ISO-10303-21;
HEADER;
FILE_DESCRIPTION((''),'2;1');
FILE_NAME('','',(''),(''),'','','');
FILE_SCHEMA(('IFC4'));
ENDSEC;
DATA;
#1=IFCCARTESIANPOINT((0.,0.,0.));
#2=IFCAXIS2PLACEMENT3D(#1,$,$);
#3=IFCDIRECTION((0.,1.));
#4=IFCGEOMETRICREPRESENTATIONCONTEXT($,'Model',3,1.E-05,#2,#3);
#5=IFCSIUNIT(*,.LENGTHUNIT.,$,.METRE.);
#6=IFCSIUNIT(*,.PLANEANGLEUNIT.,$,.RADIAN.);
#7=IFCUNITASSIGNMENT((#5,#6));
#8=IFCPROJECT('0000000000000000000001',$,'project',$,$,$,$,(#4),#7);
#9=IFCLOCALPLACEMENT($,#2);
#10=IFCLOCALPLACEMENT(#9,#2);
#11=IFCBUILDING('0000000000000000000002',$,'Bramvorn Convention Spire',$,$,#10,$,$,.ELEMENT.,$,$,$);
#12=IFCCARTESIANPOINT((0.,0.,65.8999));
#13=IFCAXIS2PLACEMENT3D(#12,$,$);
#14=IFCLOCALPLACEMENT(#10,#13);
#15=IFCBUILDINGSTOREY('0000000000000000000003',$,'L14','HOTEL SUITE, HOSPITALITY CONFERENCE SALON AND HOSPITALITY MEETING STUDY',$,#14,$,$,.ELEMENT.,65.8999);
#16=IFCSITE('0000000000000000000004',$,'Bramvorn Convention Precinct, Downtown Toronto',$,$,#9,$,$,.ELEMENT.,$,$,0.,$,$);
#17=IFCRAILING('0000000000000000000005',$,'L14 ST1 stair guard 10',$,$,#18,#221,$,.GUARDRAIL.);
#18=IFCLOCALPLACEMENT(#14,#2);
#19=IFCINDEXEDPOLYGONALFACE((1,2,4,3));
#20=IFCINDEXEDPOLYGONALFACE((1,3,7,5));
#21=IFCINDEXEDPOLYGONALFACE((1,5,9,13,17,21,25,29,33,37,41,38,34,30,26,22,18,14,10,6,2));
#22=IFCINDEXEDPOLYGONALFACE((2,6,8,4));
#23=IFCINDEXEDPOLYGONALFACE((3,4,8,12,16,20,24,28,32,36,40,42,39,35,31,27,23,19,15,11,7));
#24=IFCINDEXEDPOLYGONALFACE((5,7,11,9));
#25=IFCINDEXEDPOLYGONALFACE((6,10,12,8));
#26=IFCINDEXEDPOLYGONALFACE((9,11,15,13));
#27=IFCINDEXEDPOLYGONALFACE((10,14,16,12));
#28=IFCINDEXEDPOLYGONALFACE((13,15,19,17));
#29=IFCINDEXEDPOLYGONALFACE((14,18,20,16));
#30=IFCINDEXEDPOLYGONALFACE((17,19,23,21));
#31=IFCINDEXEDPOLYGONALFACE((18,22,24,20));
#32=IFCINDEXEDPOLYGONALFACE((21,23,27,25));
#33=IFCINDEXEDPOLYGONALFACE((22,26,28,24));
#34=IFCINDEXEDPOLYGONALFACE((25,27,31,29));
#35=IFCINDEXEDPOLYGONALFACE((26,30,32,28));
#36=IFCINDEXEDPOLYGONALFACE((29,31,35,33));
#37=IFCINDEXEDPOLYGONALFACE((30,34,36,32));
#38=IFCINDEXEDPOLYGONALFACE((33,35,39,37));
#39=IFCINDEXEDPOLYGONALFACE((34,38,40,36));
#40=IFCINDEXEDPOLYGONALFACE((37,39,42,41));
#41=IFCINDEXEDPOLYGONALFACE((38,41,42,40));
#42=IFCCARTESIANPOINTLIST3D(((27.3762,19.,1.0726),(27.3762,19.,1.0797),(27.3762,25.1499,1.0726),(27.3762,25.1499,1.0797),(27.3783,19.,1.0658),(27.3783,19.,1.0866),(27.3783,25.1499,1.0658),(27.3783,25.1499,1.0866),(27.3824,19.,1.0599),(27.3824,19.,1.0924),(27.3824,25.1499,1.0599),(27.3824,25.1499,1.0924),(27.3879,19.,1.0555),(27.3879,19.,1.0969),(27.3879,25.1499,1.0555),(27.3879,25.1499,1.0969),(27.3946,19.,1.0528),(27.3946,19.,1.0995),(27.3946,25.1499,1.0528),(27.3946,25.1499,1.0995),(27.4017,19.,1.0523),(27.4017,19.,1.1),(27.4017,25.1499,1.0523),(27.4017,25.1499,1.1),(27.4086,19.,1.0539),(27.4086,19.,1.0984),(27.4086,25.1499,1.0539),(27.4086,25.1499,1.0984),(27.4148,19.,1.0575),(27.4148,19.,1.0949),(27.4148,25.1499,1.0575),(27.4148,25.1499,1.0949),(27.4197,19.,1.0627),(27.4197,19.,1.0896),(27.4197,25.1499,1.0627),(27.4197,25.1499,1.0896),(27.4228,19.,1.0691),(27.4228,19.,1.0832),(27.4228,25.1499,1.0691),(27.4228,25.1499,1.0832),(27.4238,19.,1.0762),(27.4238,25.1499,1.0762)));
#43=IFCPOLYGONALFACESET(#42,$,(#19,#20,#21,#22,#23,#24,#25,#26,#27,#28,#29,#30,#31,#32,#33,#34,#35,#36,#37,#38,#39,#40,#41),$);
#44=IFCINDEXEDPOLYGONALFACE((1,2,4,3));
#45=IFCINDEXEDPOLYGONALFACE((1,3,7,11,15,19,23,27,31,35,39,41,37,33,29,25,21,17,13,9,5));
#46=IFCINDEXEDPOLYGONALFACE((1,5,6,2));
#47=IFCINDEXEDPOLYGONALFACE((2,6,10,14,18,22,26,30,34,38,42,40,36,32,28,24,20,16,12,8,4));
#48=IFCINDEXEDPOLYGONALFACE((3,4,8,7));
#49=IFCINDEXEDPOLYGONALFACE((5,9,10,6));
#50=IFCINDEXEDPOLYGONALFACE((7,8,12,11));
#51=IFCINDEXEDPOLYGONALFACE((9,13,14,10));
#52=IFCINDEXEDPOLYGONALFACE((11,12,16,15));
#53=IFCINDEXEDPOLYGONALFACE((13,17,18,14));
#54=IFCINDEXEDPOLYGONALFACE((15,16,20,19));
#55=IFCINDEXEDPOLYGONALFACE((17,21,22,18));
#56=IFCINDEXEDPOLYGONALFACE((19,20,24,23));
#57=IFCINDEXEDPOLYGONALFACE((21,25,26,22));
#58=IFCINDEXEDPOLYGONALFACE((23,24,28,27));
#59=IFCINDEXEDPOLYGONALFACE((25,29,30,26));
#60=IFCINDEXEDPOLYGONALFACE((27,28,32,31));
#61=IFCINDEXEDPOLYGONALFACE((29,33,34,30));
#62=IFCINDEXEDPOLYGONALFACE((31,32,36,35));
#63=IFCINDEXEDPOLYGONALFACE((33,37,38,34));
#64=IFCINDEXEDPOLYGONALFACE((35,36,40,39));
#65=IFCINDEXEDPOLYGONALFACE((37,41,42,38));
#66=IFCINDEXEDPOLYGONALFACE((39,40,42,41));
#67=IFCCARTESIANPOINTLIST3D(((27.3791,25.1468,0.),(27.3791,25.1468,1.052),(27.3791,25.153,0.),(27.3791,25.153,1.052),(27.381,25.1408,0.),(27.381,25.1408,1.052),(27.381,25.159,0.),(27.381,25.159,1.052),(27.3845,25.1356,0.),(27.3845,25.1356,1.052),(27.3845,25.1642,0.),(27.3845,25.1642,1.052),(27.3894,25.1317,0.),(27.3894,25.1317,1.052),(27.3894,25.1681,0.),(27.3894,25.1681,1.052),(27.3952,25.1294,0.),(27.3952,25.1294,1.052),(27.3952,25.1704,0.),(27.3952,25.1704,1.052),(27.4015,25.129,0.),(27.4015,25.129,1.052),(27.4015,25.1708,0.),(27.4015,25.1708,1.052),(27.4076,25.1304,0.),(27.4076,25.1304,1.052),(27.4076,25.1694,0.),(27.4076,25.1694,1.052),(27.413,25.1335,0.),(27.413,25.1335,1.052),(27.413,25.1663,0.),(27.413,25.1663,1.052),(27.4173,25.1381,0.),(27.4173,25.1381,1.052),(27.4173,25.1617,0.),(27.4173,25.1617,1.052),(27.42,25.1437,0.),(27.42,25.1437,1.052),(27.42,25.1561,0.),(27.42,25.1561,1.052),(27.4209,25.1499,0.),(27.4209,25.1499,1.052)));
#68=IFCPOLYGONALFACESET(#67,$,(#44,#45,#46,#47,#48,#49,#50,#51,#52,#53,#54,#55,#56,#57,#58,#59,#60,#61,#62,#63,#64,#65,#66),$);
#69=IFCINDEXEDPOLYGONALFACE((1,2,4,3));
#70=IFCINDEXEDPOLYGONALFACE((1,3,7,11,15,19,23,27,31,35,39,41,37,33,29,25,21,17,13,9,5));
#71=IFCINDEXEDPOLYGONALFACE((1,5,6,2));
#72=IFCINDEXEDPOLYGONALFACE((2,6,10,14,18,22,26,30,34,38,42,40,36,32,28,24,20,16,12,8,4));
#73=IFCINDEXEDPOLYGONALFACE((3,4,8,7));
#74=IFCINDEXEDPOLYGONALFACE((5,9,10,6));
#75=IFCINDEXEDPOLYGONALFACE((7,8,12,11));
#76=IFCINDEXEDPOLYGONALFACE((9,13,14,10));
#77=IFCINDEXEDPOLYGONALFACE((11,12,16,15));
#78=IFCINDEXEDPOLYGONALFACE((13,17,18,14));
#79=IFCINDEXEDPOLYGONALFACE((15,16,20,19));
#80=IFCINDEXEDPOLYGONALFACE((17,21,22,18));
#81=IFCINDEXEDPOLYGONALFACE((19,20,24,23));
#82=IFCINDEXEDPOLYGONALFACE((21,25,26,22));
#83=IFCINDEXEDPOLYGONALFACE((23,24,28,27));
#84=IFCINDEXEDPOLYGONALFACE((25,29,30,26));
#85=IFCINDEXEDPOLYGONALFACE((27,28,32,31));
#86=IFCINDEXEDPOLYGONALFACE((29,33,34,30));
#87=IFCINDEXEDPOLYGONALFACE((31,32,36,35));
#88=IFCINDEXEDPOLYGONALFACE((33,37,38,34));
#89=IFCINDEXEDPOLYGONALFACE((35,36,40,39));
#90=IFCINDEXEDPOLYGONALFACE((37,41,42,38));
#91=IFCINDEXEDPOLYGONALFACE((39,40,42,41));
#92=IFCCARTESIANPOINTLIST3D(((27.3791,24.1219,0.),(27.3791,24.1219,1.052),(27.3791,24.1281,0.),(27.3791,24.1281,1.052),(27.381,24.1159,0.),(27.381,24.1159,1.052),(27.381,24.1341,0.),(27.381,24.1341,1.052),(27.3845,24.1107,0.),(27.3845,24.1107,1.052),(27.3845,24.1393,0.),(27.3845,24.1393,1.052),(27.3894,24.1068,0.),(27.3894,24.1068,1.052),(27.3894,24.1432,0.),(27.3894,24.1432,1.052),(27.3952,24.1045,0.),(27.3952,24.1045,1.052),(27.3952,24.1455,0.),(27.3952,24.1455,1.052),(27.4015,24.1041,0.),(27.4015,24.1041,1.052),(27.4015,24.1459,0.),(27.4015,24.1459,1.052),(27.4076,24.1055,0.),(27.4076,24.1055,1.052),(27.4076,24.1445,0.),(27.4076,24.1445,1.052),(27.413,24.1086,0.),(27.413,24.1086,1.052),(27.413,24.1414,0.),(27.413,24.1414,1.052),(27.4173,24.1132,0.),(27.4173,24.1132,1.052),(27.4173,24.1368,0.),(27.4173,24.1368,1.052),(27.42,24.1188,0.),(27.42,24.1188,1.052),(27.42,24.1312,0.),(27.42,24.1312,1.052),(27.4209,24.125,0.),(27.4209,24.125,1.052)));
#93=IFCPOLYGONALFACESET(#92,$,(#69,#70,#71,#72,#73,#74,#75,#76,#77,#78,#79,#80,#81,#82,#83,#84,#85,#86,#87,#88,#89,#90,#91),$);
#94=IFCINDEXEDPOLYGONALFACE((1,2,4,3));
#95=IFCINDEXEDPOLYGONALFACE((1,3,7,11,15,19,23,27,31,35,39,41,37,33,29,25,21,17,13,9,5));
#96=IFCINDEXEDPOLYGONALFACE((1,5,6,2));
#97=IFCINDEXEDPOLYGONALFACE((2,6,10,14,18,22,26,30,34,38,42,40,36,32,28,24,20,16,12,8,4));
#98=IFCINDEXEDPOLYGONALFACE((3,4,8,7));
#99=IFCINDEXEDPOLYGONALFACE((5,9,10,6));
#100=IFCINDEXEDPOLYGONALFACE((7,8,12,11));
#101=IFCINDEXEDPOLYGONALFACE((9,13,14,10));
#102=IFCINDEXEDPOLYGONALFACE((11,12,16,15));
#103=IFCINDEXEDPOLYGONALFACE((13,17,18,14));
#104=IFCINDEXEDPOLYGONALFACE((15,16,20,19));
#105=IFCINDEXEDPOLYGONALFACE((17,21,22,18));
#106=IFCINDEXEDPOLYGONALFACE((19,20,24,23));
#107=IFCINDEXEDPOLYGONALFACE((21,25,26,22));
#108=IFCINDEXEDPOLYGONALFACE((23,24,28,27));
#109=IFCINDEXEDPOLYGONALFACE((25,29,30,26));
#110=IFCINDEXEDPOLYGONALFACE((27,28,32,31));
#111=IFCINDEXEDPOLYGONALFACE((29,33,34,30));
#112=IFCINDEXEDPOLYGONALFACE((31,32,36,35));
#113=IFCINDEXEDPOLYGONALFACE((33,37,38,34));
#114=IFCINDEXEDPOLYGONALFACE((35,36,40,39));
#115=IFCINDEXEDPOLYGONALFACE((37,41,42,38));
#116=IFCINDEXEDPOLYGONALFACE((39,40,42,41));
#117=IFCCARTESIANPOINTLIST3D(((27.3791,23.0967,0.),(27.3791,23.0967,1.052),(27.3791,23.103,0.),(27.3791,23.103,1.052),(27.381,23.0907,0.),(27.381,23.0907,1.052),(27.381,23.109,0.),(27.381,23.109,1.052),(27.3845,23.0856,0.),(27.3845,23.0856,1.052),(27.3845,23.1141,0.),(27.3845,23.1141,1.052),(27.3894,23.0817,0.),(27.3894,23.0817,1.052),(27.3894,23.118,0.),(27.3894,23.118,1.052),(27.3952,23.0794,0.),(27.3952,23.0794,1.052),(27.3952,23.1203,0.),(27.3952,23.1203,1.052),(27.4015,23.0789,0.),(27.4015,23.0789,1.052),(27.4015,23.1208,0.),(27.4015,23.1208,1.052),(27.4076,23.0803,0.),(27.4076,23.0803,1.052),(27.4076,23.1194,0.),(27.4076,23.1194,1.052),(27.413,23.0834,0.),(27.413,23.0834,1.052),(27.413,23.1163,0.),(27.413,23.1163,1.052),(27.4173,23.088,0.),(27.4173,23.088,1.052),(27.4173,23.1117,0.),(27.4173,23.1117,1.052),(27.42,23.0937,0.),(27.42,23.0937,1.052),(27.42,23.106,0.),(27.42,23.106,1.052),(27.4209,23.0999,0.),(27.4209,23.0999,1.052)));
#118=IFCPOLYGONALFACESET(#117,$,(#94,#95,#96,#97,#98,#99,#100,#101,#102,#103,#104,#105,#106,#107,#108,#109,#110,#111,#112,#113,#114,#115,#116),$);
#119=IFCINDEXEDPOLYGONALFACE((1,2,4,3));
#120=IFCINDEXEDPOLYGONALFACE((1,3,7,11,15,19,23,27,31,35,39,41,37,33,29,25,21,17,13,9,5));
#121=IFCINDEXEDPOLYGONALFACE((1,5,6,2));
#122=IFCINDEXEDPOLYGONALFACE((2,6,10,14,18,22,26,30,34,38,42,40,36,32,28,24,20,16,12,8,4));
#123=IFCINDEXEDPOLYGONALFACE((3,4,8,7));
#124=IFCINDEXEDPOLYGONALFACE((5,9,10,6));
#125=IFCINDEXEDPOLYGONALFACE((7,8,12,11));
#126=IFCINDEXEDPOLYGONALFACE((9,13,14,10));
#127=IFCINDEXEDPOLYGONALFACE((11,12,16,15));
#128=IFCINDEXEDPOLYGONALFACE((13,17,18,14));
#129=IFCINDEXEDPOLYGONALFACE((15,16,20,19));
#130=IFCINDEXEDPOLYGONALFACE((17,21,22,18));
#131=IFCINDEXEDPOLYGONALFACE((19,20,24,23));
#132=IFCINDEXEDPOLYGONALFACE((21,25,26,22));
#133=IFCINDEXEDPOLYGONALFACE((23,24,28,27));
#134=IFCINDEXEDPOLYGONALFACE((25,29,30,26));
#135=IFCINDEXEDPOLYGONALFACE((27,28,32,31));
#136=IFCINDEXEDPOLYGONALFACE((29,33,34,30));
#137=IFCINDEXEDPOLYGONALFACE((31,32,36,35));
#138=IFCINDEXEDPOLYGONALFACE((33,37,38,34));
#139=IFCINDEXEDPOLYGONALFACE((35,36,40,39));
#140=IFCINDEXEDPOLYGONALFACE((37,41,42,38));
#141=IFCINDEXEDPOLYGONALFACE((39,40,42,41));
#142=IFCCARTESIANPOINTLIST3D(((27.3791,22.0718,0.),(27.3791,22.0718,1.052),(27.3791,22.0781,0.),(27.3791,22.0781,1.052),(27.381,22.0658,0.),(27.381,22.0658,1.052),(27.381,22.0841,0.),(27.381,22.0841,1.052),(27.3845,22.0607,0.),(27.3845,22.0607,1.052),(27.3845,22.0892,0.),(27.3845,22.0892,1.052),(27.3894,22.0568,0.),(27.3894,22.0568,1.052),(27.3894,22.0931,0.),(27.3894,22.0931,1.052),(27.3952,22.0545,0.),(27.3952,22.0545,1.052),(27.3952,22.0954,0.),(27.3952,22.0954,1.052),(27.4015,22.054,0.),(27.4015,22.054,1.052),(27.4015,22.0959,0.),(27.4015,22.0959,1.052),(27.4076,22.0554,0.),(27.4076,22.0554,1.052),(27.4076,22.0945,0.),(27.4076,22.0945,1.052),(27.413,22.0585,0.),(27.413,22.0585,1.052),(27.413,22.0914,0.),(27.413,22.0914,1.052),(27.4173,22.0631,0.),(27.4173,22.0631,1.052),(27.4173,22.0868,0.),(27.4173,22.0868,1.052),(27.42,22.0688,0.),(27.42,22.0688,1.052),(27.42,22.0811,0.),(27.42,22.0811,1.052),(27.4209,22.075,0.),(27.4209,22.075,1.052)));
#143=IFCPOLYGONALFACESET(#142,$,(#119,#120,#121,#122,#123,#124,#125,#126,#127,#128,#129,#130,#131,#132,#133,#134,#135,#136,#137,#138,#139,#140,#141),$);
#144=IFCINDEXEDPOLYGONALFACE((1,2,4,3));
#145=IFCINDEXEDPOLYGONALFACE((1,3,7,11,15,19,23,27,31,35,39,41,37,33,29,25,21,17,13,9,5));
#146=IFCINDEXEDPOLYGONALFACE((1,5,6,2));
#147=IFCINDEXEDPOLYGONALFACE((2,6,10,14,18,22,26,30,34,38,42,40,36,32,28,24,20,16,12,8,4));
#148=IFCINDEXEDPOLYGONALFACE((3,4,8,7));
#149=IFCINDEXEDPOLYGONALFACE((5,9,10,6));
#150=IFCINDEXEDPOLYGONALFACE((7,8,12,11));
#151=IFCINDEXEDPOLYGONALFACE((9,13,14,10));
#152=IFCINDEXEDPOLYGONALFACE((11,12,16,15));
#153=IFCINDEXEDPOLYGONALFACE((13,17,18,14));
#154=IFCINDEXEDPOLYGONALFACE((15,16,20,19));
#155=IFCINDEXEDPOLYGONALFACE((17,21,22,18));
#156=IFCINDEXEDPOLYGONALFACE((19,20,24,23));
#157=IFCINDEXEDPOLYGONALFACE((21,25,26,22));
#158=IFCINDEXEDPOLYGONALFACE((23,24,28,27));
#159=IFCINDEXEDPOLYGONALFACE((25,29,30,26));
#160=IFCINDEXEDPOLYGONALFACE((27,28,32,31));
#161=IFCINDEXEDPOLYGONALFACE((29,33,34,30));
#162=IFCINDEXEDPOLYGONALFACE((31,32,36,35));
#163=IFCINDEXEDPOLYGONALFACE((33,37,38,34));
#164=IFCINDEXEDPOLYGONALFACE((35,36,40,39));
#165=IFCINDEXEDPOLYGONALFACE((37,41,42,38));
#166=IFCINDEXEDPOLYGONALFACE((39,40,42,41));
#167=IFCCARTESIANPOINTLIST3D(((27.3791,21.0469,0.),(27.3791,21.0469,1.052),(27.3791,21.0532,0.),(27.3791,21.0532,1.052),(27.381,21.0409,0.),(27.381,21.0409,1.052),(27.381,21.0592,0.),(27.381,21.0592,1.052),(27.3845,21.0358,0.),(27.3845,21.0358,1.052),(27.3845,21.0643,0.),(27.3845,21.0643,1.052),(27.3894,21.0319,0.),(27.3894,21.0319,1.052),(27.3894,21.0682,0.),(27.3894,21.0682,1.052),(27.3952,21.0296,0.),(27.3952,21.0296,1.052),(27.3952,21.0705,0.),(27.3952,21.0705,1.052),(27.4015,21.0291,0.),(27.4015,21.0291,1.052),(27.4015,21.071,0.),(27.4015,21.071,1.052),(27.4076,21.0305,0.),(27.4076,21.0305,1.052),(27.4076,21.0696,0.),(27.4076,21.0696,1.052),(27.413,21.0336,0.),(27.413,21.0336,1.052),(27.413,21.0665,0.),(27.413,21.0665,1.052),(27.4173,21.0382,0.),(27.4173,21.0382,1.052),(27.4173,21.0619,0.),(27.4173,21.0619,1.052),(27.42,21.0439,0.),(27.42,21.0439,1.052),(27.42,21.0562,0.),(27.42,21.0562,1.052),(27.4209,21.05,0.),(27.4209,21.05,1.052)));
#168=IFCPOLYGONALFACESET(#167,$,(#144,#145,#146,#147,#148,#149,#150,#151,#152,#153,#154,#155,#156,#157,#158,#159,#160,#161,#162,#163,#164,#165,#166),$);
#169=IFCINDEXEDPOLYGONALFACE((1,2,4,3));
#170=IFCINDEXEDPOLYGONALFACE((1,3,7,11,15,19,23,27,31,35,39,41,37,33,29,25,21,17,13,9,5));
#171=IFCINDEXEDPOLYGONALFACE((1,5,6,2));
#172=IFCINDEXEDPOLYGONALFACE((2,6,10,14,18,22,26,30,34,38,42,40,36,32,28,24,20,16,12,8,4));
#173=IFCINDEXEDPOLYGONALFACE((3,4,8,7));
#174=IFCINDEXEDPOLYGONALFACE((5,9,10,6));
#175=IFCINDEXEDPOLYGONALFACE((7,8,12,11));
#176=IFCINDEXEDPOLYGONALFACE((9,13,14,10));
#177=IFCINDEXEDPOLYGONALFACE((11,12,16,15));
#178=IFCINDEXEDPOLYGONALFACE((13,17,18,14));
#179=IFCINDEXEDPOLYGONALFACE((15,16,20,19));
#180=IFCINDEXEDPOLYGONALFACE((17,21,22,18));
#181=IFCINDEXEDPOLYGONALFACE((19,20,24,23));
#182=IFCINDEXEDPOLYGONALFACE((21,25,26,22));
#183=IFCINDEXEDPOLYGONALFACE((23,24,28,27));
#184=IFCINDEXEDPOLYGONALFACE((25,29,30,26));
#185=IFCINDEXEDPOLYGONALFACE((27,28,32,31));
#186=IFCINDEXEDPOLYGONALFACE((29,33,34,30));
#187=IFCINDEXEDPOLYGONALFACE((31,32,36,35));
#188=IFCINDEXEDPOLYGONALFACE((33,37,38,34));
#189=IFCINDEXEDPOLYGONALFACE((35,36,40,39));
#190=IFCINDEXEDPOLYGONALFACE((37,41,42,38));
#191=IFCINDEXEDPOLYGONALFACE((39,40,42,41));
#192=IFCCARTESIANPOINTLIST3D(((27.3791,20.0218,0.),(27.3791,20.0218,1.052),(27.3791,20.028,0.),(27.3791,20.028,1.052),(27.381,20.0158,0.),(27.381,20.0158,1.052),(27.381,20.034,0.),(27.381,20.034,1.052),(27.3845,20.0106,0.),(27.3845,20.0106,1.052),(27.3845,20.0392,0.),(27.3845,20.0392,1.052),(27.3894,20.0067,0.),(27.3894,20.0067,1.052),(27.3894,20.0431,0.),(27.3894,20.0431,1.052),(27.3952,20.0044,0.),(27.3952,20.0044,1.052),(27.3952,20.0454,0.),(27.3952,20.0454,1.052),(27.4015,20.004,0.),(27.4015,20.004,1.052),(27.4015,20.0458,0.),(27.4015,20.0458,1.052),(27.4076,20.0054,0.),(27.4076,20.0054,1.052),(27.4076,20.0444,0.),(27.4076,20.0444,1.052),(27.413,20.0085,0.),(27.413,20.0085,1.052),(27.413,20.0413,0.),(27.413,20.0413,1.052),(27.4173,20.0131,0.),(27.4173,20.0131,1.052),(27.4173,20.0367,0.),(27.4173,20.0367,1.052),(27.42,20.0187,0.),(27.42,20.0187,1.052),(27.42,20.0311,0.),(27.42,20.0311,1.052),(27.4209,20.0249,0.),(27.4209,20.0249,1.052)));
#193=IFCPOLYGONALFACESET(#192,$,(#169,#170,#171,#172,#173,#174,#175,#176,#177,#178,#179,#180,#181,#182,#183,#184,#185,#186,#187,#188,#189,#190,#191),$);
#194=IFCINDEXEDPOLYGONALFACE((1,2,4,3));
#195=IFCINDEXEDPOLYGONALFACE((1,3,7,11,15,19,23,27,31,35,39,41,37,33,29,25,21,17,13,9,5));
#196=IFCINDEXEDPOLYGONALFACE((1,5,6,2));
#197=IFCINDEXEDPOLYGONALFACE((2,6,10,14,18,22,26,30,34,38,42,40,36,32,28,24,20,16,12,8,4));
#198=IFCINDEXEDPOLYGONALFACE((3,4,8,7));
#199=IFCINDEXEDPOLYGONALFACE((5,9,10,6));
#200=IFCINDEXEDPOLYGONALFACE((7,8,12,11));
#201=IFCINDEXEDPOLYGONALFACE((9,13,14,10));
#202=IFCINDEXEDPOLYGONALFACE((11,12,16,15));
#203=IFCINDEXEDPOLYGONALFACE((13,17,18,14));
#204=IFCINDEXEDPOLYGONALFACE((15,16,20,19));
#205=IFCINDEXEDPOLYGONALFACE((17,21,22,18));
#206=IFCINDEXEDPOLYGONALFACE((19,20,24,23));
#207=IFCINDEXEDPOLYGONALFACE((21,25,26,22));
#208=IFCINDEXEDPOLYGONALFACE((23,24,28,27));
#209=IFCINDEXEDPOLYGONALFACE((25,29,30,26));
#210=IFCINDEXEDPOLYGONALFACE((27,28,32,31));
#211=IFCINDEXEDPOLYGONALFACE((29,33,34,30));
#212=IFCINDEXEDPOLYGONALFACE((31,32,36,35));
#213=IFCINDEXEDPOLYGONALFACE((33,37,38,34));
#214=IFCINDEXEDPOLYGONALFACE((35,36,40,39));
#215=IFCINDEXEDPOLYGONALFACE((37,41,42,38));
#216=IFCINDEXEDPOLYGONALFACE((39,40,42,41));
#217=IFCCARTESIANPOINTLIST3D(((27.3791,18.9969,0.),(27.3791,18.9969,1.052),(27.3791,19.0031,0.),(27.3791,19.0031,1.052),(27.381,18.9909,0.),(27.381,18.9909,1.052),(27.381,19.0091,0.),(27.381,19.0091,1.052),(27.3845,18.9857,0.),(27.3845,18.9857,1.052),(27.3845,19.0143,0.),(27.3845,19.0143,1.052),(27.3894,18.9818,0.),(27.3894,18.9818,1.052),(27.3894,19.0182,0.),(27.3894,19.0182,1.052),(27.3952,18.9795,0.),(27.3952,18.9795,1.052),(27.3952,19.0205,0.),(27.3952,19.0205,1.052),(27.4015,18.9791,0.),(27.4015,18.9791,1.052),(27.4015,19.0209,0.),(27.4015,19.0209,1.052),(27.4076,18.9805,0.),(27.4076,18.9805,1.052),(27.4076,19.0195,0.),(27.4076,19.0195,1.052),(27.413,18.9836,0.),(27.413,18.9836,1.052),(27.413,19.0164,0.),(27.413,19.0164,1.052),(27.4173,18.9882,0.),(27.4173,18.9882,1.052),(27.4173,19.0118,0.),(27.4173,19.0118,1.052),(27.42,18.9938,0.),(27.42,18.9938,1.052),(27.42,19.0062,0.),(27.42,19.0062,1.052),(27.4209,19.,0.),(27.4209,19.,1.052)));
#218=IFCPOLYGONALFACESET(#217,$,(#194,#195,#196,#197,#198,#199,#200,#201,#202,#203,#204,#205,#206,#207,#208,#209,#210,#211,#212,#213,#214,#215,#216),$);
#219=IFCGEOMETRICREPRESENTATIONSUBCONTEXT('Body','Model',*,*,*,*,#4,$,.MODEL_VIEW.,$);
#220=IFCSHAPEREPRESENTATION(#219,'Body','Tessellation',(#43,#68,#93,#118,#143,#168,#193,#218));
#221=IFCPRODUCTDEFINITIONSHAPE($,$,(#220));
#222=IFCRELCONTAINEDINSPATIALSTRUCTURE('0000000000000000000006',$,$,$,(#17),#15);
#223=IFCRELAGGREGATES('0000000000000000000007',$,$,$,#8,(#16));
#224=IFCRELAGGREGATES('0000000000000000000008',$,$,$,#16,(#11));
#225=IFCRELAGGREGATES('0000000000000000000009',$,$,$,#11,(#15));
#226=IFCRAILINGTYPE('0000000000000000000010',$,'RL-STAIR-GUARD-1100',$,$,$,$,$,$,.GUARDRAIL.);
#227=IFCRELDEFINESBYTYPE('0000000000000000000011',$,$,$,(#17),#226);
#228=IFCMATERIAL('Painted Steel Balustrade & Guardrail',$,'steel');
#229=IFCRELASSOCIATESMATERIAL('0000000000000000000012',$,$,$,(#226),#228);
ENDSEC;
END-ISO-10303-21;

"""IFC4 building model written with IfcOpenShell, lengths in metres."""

from ifc_helpers import new_model, si_unit, direction, frame, origin, origin_2d, place, context, subcontext, project, spatial, circle, extrude, material, type_object, element, save


model = new_model("IFC4")

# Units and contexts
model_context = context("Model", 3, precision=1e-05, world=origin(), true_north=direction((0.0, 1.0)))
body_context = subcontext(model_context, "Body", "Model", "MODEL_VIEW")
ifc_project = project(units=[si_unit("LENGTHUNIT", "METRE"), si_unit("PLANEANGLEUNIT", "RADIAN")], contexts=[model_context])

# Site, building, storey
site_placement = place(None, origin())
site = spatial("IfcSite", under=ifc_project, at=site_placement, Name="Bramvorn Convention Precinct, Downtown Toronto", CompositionType="ELEMENT", RefElevation=0.0)
building_placement = place(site_placement, origin())
building = spatial("IfcBuilding", under=site, at=building_placement, Name="Bramvorn Convention Spire", CompositionType="ELEMENT")
storey_placement = place(building_placement, frame((0.0, 0.0, 65.8999)))
storey = spatial("IfcBuildingStorey", under=building, at=storey_placement, Name="L14", Description="HOTEL SUITE, HOSPITALITY CONFERENCE SALON AND HOSPITALITY MEETING STUDY", CompositionType="ELEMENT", Elevation=65.8999)

# Railing
ifc_material_1 = material(Name="Painted Steel Balustrade & Guardrail", Category="steel")
railing_type_1 = type_object("IfcRailingType", Name="RL-STAIR-GUARD-1100", PredefinedType="GUARDRAIL", material=ifc_material_1)
railing_1_placement = place(storey_placement, frame((27.3999, 25.1499, 0.0)))
element("IfcRailing", 1, at=railing_1_placement, inside=storey, type_object=railing_type_1, Name="L14 ST1 stair guard 10", PredefinedType="GUARDRAIL", context=body_context, shape_type="SweptSolid", body=[
    extrude(circle(Radius=0.0239, at=origin_2d()), frame((0.0, 0.0, 1.0762), z_axis=(0.0, -1.0, 0.0), x_axis=(1.0, 0.0, 0.0)), (0.0, 0.0, 1.0), 6.1499),
    extrude(circle(Radius=0.021, at=origin_2d()), origin(), (0.0, 0.0, 1.0), 1.052),
    extrude(circle(Radius=0.021, at=origin_2d()), frame((0.0, -1.0249, 0.0)), (0.0, 0.0, 1.0), 1.052),
    extrude(circle(Radius=0.021, at=origin_2d()), frame((0.0, -2.05, 0.0)), (0.0, 0.0, 1.0), 1.052),
    extrude(circle(Radius=0.021, at=origin_2d()), frame((0.0, -3.075, 0.0)), (0.0, 0.0, 1.0), 1.052),
    extrude(circle(Radius=0.021, at=origin_2d()), frame((0.0, -4.0999, 0.0)), (0.0, 0.0, 1.0), 1.052),
    extrude(circle(Radius=0.021, at=origin_2d()), frame((0.0, -5.125, 0.0)), (0.0, 0.0, 1.0), 1.052),
    extrude(circle(Radius=0.021, at=origin_2d()), frame((0.0, -6.1499, 0.0)), (0.0, 0.0, 1.0), 1.052),
])

save(model, "model.ifc")
